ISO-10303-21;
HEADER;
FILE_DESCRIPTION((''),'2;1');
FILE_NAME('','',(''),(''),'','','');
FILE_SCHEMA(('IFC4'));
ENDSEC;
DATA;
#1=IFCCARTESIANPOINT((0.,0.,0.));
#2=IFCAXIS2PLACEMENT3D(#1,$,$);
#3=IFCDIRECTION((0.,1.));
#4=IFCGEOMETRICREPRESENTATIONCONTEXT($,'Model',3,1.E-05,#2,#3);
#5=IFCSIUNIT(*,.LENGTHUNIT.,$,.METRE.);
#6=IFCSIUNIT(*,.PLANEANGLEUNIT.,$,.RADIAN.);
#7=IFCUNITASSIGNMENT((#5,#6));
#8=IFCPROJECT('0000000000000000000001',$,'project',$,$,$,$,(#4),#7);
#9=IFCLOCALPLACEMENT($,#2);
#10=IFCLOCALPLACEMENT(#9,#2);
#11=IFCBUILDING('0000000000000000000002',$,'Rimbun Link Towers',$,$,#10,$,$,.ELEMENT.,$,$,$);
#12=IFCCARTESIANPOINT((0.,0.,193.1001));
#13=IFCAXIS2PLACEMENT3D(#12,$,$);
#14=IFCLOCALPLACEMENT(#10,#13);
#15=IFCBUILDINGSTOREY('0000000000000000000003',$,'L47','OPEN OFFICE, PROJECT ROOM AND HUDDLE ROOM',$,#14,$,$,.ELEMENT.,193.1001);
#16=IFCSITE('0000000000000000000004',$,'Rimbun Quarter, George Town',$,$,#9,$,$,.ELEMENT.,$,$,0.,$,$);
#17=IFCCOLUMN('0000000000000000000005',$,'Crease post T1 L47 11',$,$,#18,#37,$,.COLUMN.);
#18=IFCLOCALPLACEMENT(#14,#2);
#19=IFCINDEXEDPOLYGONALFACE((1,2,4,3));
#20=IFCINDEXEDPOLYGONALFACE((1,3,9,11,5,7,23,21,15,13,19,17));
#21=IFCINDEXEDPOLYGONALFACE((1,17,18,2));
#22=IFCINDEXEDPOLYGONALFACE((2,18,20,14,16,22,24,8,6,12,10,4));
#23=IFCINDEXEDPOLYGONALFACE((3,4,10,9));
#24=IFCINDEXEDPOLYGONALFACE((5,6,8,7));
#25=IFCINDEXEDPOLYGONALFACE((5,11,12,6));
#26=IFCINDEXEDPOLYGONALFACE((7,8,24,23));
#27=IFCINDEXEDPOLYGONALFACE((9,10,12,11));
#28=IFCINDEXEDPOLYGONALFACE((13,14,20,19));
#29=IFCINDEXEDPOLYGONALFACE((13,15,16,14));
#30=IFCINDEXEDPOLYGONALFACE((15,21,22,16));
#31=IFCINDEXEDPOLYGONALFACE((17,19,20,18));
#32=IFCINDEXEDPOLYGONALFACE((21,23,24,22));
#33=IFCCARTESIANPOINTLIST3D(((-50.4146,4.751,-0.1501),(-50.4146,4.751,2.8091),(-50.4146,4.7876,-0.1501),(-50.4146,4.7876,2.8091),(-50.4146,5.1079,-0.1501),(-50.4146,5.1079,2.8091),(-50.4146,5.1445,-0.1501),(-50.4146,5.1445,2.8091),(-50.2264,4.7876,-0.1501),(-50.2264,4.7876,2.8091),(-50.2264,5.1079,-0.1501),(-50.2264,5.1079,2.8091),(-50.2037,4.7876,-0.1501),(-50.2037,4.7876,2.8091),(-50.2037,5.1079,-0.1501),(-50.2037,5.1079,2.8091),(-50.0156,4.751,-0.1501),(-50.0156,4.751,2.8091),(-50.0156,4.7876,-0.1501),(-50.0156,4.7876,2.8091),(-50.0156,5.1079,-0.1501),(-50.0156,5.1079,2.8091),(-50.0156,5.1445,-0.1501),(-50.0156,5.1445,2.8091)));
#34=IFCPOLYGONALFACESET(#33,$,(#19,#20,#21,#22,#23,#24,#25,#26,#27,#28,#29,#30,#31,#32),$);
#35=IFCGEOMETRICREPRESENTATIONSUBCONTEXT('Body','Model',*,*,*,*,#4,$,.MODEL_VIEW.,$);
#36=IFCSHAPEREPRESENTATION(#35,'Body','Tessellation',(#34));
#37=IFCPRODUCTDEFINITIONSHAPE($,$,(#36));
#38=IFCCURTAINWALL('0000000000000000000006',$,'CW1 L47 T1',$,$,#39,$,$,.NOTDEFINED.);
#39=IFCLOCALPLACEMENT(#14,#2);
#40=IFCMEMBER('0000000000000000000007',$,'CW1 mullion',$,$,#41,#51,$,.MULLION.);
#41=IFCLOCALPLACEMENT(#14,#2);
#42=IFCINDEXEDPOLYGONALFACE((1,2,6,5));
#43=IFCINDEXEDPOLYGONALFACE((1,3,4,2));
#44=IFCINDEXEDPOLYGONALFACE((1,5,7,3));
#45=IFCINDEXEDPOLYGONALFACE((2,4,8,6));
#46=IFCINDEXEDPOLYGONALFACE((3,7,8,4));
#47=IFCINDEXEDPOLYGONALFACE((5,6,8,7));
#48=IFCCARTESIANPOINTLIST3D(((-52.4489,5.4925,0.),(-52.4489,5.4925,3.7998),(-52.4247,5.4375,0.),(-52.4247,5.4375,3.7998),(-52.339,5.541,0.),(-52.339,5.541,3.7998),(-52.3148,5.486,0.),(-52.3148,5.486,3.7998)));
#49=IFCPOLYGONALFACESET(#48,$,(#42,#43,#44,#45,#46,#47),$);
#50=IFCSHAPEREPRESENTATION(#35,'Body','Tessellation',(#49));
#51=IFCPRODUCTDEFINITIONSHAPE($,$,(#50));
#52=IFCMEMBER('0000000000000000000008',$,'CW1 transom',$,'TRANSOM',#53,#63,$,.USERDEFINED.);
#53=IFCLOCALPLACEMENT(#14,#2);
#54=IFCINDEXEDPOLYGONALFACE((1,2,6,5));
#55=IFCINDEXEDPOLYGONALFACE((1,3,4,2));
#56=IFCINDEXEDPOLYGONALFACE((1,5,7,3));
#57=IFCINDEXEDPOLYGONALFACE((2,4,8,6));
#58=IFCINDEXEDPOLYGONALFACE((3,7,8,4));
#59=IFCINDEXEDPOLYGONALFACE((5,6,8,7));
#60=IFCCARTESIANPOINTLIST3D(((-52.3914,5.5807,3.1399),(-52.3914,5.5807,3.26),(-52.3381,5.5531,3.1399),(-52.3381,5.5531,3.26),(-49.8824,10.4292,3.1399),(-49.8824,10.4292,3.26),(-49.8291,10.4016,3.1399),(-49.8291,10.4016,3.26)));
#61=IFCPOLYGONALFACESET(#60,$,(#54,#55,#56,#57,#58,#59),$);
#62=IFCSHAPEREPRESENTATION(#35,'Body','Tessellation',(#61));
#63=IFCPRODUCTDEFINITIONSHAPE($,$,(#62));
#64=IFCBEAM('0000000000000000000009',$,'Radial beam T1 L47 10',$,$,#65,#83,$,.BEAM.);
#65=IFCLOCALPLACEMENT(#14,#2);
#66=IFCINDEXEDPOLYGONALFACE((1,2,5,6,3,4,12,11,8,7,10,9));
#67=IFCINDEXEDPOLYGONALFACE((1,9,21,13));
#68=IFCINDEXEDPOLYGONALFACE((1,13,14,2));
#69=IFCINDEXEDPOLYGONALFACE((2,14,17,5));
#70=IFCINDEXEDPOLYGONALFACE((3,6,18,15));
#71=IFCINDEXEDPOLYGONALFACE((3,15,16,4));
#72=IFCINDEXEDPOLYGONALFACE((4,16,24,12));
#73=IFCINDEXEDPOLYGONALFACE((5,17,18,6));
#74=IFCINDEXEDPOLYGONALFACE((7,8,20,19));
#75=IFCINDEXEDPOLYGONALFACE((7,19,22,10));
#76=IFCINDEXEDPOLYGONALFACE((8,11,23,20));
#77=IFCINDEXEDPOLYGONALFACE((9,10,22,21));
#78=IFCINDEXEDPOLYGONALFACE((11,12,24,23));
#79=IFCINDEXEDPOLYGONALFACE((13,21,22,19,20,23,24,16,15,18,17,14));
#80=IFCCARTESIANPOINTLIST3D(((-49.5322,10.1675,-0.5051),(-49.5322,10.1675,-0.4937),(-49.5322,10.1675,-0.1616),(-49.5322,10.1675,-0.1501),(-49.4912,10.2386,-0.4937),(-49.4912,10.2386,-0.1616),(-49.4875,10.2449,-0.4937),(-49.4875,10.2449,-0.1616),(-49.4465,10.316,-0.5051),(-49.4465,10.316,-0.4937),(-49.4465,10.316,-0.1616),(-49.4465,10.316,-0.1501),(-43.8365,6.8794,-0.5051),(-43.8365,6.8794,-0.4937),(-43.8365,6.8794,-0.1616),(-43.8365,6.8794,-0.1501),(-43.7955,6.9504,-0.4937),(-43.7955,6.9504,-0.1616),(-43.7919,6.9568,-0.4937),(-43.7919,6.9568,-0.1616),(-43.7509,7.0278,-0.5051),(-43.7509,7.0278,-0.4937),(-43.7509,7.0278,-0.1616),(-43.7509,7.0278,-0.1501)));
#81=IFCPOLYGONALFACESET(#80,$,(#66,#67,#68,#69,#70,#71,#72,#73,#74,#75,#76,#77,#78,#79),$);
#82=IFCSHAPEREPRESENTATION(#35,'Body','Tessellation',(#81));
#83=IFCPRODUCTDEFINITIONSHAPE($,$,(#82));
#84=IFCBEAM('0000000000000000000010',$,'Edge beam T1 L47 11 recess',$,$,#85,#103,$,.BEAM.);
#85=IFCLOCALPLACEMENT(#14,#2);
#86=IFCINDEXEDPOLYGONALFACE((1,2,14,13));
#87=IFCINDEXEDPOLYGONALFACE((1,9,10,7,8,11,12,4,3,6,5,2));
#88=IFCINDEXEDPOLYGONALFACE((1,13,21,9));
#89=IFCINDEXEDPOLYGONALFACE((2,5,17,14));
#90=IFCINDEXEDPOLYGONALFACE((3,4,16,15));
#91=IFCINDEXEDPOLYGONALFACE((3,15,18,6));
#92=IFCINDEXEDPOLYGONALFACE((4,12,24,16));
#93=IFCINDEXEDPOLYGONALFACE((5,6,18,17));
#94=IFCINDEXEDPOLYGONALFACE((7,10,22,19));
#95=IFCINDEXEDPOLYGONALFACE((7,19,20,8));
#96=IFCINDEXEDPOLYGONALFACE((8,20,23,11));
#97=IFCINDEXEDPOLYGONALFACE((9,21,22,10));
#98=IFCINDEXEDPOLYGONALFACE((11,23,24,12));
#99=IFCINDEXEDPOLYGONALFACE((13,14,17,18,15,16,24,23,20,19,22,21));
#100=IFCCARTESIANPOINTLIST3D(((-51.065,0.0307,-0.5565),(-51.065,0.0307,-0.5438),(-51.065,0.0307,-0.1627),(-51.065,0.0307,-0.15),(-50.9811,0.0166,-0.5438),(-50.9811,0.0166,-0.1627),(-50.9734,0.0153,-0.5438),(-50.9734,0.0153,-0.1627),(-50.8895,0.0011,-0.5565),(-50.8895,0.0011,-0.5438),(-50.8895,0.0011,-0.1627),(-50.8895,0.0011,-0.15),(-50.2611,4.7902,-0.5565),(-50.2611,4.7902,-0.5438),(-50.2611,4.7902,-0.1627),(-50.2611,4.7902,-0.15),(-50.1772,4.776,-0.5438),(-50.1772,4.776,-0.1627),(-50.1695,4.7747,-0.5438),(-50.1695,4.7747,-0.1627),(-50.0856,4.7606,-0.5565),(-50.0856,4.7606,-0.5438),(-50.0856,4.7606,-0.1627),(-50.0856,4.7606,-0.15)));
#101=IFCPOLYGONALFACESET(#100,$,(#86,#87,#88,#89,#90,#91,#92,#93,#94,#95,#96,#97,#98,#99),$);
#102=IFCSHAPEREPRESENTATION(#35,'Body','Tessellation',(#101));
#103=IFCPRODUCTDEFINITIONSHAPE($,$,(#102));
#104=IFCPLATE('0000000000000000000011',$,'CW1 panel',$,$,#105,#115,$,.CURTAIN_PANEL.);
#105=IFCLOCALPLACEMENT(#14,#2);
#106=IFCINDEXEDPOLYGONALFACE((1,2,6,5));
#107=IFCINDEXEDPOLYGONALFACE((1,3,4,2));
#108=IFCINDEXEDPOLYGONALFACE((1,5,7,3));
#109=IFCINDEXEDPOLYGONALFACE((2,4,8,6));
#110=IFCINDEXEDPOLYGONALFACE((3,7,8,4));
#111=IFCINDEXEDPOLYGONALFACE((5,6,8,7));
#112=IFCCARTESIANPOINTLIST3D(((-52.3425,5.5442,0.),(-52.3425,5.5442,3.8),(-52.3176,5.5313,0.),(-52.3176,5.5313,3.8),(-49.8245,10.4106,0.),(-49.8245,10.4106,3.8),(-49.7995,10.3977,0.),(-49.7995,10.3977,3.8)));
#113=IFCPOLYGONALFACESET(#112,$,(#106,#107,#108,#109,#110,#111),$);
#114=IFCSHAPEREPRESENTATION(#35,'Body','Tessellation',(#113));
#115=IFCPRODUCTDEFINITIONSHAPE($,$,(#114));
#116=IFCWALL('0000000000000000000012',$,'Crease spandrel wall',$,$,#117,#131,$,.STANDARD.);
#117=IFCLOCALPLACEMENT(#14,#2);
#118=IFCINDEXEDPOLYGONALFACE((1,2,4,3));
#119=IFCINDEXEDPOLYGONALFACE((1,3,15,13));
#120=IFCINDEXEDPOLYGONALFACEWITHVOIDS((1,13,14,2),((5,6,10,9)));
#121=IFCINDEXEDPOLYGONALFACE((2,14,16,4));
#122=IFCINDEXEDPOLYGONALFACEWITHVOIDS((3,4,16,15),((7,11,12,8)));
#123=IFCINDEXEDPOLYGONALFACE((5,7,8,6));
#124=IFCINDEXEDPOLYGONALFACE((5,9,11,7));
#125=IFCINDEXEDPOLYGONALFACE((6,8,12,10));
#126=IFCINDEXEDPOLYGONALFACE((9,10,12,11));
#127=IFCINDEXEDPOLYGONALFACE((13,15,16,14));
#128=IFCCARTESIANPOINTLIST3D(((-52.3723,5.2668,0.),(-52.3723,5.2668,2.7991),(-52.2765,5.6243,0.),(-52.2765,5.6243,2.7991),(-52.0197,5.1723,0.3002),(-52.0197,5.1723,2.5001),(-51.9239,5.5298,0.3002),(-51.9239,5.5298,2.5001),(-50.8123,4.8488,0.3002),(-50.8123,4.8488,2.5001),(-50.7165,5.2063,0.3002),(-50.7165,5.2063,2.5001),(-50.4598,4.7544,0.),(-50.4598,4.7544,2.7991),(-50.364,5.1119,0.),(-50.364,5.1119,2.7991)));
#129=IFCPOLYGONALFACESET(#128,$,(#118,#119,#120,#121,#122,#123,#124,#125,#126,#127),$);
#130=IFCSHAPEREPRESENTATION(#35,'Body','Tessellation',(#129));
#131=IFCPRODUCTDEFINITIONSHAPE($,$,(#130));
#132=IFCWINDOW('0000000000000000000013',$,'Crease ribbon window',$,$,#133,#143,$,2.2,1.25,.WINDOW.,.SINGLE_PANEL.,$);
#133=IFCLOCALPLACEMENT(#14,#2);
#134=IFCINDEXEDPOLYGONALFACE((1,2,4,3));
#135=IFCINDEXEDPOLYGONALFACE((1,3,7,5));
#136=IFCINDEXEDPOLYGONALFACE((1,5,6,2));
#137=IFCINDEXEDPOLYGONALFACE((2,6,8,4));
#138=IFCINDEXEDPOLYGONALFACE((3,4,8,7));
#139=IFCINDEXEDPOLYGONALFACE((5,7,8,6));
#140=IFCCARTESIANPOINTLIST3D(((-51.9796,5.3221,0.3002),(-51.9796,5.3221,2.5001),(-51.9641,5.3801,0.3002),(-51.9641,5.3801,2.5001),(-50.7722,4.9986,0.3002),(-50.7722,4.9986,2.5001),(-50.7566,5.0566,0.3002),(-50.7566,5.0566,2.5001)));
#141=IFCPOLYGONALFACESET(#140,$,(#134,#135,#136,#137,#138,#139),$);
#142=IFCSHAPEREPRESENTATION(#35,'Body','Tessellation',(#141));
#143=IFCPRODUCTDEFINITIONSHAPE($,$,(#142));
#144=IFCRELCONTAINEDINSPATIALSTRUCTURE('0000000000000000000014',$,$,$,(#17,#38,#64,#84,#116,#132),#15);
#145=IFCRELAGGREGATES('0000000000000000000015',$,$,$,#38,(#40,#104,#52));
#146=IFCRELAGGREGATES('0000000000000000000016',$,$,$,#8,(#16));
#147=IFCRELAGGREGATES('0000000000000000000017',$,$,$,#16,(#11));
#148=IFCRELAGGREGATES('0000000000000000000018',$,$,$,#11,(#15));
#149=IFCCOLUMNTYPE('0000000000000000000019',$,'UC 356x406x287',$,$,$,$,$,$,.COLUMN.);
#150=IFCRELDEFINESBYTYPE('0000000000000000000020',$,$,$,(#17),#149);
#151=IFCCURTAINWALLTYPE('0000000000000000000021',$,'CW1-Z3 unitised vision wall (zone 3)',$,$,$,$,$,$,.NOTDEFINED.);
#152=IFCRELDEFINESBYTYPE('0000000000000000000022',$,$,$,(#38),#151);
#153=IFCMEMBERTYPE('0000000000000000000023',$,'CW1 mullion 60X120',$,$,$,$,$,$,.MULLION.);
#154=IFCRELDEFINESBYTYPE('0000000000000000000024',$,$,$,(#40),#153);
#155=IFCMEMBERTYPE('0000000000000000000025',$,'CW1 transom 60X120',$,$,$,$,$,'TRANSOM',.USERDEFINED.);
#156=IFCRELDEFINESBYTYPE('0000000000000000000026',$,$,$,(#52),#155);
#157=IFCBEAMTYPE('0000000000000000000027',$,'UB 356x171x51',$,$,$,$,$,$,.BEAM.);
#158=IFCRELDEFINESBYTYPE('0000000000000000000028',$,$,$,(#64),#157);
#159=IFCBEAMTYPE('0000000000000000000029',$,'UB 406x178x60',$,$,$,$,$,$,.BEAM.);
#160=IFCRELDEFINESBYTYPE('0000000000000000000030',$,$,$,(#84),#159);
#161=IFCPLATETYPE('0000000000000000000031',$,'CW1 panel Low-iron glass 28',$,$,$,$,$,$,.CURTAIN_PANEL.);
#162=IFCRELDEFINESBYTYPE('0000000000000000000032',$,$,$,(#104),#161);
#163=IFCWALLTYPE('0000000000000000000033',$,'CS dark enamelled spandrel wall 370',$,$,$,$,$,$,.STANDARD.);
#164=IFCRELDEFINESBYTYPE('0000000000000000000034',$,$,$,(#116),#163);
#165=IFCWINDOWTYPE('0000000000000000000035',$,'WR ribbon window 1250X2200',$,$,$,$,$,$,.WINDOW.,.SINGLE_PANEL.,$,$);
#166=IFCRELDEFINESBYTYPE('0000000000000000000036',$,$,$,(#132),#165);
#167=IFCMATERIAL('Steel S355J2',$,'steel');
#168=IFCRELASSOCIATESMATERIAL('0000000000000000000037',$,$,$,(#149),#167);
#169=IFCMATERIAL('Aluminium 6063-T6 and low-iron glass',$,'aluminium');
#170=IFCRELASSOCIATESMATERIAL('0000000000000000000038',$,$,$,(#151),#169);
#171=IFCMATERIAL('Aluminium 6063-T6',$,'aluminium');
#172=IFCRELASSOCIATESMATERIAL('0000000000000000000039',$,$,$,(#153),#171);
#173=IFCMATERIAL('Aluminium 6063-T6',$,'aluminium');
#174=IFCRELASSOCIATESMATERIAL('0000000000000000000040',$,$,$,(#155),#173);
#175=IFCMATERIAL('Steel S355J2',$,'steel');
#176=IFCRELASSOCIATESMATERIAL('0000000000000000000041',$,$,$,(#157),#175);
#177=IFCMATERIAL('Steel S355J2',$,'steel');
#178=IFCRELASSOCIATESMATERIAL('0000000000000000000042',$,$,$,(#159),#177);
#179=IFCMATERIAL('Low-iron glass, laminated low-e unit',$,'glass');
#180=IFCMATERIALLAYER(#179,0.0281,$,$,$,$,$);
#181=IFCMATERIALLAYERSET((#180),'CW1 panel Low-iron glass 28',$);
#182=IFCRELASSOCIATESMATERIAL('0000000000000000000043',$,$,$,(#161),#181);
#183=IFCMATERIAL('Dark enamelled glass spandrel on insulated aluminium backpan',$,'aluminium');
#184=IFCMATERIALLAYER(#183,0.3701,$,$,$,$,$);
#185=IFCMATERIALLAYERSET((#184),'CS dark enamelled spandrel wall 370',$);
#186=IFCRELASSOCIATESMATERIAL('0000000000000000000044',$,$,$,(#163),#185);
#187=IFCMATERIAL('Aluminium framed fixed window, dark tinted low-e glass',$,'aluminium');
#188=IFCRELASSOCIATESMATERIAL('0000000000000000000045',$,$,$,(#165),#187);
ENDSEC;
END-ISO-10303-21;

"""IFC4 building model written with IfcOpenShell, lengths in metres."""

from ifc_helpers import new_model, si_unit, direction, frame, frame_2d, origin, origin_2d, place, context, subcontext, project, spatial, rectangle, i_section, extrude, material, layer, layer_set, material_profile, profile_set, type_object, element, fill, aggregate, save


model = new_model("IFC4")

# Units and contexts
model_context = context("Model", 3, precision=1e-05, world=origin(), true_north=direction((0.0, 1.0)))
body_context = subcontext(model_context, "Body", "Model", "MODEL_VIEW")
ifc_project = project(units=[si_unit("LENGTHUNIT", "METRE"), si_unit("PLANEANGLEUNIT", "RADIAN")], contexts=[model_context])

# Site, building, storey
site_placement = place(None, origin())
site = spatial("IfcSite", under=ifc_project, at=site_placement, Name="Rimbun Quarter, George Town", CompositionType="ELEMENT", RefElevation=0.0)
building_placement = place(site_placement, origin())
building = spatial("IfcBuilding", under=site, at=building_placement, Name="Rimbun Link Towers", CompositionType="ELEMENT")
storey_placement = place(building_placement, frame((0.0, 0.0, 193.1001)))
storey = spatial("IfcBuildingStorey", under=building, at=storey_placement, Name="L47", Description="OPEN OFFICE, PROJECT ROOM AND HUDDLE ROOM", CompositionType="ELEMENT", Elevation=193.1001)

# Column
ifc_material_1 = material(Name="Steel S355J2", Category="steel")
ifc_material_profile_1 = material_profile(ifc_material_1, i_section(OverallWidth=0.3989, OverallDepth=0.3936, WebThickness=0.0227, FlangeThickness=0.0366, at=origin_2d()), Name="UC 356x406x287")
ifc_profile_set_1 = profile_set([ifc_material_profile_1], Name="Steel S355J2")
column_type = type_object("IfcColumnType", Name="UC 356x406x287", PredefinedType="COLUMN", material=ifc_profile_set_1)
column_placement = place(storey_placement, frame((-50.2151, 4.9478, -0.1501), z_axis=(0.0, 0.0, 1.0), x_axis=(1.0, 0.0, 0.0)))
element("IfcColumn", 1, at=column_placement, inside=storey, type_object=column_type, Name="Crease post T1 L47 11", PredefinedType="COLUMN", context=body_context, shape_type="SweptSolid", body=[
    extrude(i_section(OverallWidth=0.3989, OverallDepth=0.3936, WebThickness=0.0227, FlangeThickness=0.0366, at=origin_2d()), origin(), (0.0, 0.0, 1.0), 2.9592),
])

# Curtain wall, members
ifc_material_2 = material(Name="Aluminium 6063-T6 and low-iron glass", Category="aluminium")
curtain_wall_type = type_object("IfcCurtainWallType", Name="CW1-Z3 unitised vision wall (zone 3)", PredefinedType="NOTDEFINED", material=ifc_material_2)
curtain_wall_placement = place(storey_placement, origin())
curtain_wall = element("IfcCurtainWall", 2, at=curtain_wall_placement, inside=storey, type_object=curtain_wall_type, Name="CW1 L47 T1", PredefinedType="NOTDEFINED")
ifc_material_3 = material(Name="Aluminium 6063-T6", Category="aluminium")
ifc_material_profile_2 = material_profile(ifc_material_3, rectangle(XDim=0.1201, YDim=0.0601, at=origin_2d()), Name="MULLION 60X120")
ifc_profile_set_2 = profile_set([ifc_material_profile_2], Name="Aluminium 6063-T6")
member_type_1 = type_object("IfcMemberType", Name="CW1 mullion 60X120", PredefinedType="MULLION", material=ifc_profile_set_2)
member_1_placement = place(storey_placement, frame((-52.3818, 5.4893, 0.0), z_axis=(0.0, 0.0, 1.0), x_axis=(-0.91482, -0.403862, 0.0)))
member_1 = element("IfcMember", 3, at=member_1_placement, type_object=member_type_1, Name="CW1 mullion", PredefinedType="MULLION", context=body_context, shape_type="SweptSolid", body=[
    extrude(rectangle(XDim=0.1201, YDim=0.0601, at=origin_2d()), origin(), (0.0, 0.0, 1.0), 3.7998),
])
ifc_material_4 = material(Name="Aluminium 6063-T6", Category="aluminium")
ifc_material_profile_3 = material_profile(ifc_material_4, rectangle(XDim=0.0601, YDim=0.1201, at=origin_2d()), Name="TRANSOM 60X120")
ifc_profile_set_3 = profile_set([ifc_material_profile_3], Name="Aluminium 6063-T6")
member_type_2 = type_object("IfcMemberType", Name="CW1 transom 60X120", ElementType="TRANSOM", PredefinedType="USERDEFINED", material=ifc_profile_set_3)
member_2_placement = place(storey_placement, frame((-52.3647, 5.5669, 3.2), z_axis=(0.459585, 0.888134, 0.0), x_axis=(-0.888134, 0.459585, 0.0)))
member_2 = element("IfcMember", 4, at=member_2_placement, type_object=member_type_2, Name="CW1 transom", ObjectType="TRANSOM", PredefinedType="USERDEFINED", context=body_context, shape_type="SweptSolid", body=[
    extrude(rectangle(XDim=0.0601, YDim=0.1201, at=origin_2d()), origin(), (0.0, 0.0, 1.0), 5.4592),
])

# Beams
ifc_material_5 = material(Name="Steel S355J2", Category="steel")
ifc_material_profile_4 = material_profile(ifc_material_5, i_section(OverallWidth=0.1714, OverallDepth=0.355, WebThickness=0.0073, FlangeThickness=0.0115, at=origin_2d()), Name="UB 356x171x51")
ifc_profile_set_4 = profile_set([ifc_material_profile_4], Name="Steel S355J2")
beam_type_1 = type_object("IfcBeamType", Name="UB 356x171x51", PredefinedType="BEAM", material=ifc_profile_set_4)
beam_1_placement = place(storey_placement, frame((-43.7937, 6.9536, -0.3276), z_axis=(-0.866042, 0.499972, 0.0), x_axis=(-0.499972, -0.866042, 0.0)))
element("IfcBeam", 5, at=beam_1_placement, inside=storey, type_object=beam_type_1, Name="Radial beam T1 L47 10", PredefinedType="BEAM", context=body_context, shape_type="SweptSolid", body=[
    extrude(i_section(OverallWidth=0.1714, OverallDepth=0.355, WebThickness=0.0073, FlangeThickness=0.0115, at=origin_2d()), origin(), (0.0, 0.0, 1.0), 6.5767),
])
ifc_material_6 = material(Name="Steel S355J2", Category="steel")
ifc_material_profile_5 = material_profile(ifc_material_6, i_section(OverallWidth=0.178, OverallDepth=0.4065, WebThickness=0.0078, FlangeThickness=0.0127, at=origin_2d()), Name="UB 406x178x60")
ifc_profile_set_5 = profile_set([ifc_material_profile_5], Name="Steel S355J2")
beam_type_2 = type_object("IfcBeamType", Name="UB 406x178x60", PredefinedType="BEAM", material=ifc_profile_set_5)
beam_2_placement = place(storey_placement, frame((-50.1733, 4.7754, -0.3533), z_axis=(-0.166556, -0.986032, 0.0), x_axis=(0.986032, -0.166556, 0.0)))
element("IfcBeam", 6, at=beam_2_placement, inside=storey, type_object=beam_type_2, Name="Edge beam T1 L47 11 recess", PredefinedType="BEAM", context=body_context, shape_type="SweptSolid", body=[
    extrude(i_section(OverallWidth=0.178, OverallDepth=0.4065, WebThickness=0.0078, FlangeThickness=0.0127, at=origin_2d()), origin(), (0.0, 0.0, 1.0), 4.8269),
])

# Plate
ifc_material_7 = material(Name="Low-iron glass, laminated low-e unit", Category="glass")
ifc_layer_1 = layer(ifc_material_7, 0.0281)
ifc_layer_set_1 = layer_set([ifc_layer_1], Name="CW1 panel Low-iron glass 28")
plate_type = type_object("IfcPlateType", Name="CW1 panel Low-iron glass 28", PredefinedType="CURTAIN_PANEL", material=ifc_layer_set_1)
plate_placement = place(storey_placement, frame((-51.071, 7.9709, 0.0), z_axis=(0.0, 0.0, 1.0), x_axis=(0.459563, 0.888145, 0.0)))
plate = element("IfcPlate", 7, at=plate_placement, type_object=plate_type, Name="CW1 panel", PredefinedType="CURTAIN_PANEL", context=body_context, shape_type="SweptSolid", body=[
    extrude(rectangle(XDim=5.4792, YDim=0.0281, at=origin_2d()), origin(), (0.0, 0.0, 1.0), 3.8),
])
aggregate(curtain_wall, [member_1, plate, member_2])

# Wall, opening, window
ifc_material_8 = material(Name="Dark enamelled glass spandrel on insulated aluminium backpan", Category="aluminium")
ifc_layer_2 = layer(ifc_material_8, 0.3701)
ifc_layer_set_2 = layer_set([ifc_layer_2], Name="CS dark enamelled spandrel wall 370")
wall_type_1 = type_object("IfcWallType", Name="CS dark enamelled spandrel wall 370", PredefinedType="STANDARD", material=ifc_layer_set_2)
wall_1_placement = place(storey_placement, frame((-50.4119, 4.9331, 0.0), z_axis=(0.0, 0.0, 1.0), x_axis=(-0.965929, 0.258806, 0.0)))
wall_1 = element("IfcWall", 8, at=wall_1_placement, inside=storey, type_object=wall_type_1, Name="Crease spandrel wall", PredefinedType="STANDARD", context=body_context, shape_type="SweptSolid", body=[
    extrude(rectangle(XDim=1.98, YDim=0.3701, at=frame_2d((0.99, 0.0))), origin(), (0.0, 0.0, 1.0), 2.7991),
])
opening_1_placement = place(wall_1_placement, frame((0.365, 0.0, 0.3)))
opening_1 = element("IfcOpeningElement", 9, at=opening_1_placement, cuts=wall_1, PredefinedType="OPENING", context=body_context, shape_type="SweptSolid", body=[
    extrude(rectangle(XDim=1.25, YDim=2.2, at=frame_2d((0.625, 1.1001))), frame((0.0, 0.1951, 0.0), z_axis=(0.0, -1.0, 0.0), x_axis=(1.0, 0.0, 0.0)), (0.0, 0.0, 1.0), 0.3901),
])
ifc_material_9 = material(Name="Aluminium framed fixed window, dark tinted low-e glass", Category="aluminium")
window_type = type_object("IfcWindowType", Name="WR ribbon window 1250X2200", PartitioningType="SINGLE_PANEL", PredefinedType="WINDOW", material=ifc_material_9)
window_placement = place(opening_1_placement, origin())
window = element("IfcWindow", 10, at=window_placement, inside=storey, type_object=window_type, Name="Crease ribbon window", OverallHeight=2.2, OverallWidth=1.25, PartitioningType="SINGLE_PANEL", PredefinedType="WINDOW", context=body_context, shape_type="SweptSolid", body=[
    extrude(rectangle(XDim=1.25, YDim=2.2, at=frame_2d((0.625, 1.1001))), frame((0.0, 0.03, 0.0), z_axis=(0.0, -1.0, 0.0), x_axis=(1.0, 0.0, 0.0)), (0.0, 0.0, 1.0), 0.0601),
])
fill(opening_1, window)

save(model, "model.ifc")
